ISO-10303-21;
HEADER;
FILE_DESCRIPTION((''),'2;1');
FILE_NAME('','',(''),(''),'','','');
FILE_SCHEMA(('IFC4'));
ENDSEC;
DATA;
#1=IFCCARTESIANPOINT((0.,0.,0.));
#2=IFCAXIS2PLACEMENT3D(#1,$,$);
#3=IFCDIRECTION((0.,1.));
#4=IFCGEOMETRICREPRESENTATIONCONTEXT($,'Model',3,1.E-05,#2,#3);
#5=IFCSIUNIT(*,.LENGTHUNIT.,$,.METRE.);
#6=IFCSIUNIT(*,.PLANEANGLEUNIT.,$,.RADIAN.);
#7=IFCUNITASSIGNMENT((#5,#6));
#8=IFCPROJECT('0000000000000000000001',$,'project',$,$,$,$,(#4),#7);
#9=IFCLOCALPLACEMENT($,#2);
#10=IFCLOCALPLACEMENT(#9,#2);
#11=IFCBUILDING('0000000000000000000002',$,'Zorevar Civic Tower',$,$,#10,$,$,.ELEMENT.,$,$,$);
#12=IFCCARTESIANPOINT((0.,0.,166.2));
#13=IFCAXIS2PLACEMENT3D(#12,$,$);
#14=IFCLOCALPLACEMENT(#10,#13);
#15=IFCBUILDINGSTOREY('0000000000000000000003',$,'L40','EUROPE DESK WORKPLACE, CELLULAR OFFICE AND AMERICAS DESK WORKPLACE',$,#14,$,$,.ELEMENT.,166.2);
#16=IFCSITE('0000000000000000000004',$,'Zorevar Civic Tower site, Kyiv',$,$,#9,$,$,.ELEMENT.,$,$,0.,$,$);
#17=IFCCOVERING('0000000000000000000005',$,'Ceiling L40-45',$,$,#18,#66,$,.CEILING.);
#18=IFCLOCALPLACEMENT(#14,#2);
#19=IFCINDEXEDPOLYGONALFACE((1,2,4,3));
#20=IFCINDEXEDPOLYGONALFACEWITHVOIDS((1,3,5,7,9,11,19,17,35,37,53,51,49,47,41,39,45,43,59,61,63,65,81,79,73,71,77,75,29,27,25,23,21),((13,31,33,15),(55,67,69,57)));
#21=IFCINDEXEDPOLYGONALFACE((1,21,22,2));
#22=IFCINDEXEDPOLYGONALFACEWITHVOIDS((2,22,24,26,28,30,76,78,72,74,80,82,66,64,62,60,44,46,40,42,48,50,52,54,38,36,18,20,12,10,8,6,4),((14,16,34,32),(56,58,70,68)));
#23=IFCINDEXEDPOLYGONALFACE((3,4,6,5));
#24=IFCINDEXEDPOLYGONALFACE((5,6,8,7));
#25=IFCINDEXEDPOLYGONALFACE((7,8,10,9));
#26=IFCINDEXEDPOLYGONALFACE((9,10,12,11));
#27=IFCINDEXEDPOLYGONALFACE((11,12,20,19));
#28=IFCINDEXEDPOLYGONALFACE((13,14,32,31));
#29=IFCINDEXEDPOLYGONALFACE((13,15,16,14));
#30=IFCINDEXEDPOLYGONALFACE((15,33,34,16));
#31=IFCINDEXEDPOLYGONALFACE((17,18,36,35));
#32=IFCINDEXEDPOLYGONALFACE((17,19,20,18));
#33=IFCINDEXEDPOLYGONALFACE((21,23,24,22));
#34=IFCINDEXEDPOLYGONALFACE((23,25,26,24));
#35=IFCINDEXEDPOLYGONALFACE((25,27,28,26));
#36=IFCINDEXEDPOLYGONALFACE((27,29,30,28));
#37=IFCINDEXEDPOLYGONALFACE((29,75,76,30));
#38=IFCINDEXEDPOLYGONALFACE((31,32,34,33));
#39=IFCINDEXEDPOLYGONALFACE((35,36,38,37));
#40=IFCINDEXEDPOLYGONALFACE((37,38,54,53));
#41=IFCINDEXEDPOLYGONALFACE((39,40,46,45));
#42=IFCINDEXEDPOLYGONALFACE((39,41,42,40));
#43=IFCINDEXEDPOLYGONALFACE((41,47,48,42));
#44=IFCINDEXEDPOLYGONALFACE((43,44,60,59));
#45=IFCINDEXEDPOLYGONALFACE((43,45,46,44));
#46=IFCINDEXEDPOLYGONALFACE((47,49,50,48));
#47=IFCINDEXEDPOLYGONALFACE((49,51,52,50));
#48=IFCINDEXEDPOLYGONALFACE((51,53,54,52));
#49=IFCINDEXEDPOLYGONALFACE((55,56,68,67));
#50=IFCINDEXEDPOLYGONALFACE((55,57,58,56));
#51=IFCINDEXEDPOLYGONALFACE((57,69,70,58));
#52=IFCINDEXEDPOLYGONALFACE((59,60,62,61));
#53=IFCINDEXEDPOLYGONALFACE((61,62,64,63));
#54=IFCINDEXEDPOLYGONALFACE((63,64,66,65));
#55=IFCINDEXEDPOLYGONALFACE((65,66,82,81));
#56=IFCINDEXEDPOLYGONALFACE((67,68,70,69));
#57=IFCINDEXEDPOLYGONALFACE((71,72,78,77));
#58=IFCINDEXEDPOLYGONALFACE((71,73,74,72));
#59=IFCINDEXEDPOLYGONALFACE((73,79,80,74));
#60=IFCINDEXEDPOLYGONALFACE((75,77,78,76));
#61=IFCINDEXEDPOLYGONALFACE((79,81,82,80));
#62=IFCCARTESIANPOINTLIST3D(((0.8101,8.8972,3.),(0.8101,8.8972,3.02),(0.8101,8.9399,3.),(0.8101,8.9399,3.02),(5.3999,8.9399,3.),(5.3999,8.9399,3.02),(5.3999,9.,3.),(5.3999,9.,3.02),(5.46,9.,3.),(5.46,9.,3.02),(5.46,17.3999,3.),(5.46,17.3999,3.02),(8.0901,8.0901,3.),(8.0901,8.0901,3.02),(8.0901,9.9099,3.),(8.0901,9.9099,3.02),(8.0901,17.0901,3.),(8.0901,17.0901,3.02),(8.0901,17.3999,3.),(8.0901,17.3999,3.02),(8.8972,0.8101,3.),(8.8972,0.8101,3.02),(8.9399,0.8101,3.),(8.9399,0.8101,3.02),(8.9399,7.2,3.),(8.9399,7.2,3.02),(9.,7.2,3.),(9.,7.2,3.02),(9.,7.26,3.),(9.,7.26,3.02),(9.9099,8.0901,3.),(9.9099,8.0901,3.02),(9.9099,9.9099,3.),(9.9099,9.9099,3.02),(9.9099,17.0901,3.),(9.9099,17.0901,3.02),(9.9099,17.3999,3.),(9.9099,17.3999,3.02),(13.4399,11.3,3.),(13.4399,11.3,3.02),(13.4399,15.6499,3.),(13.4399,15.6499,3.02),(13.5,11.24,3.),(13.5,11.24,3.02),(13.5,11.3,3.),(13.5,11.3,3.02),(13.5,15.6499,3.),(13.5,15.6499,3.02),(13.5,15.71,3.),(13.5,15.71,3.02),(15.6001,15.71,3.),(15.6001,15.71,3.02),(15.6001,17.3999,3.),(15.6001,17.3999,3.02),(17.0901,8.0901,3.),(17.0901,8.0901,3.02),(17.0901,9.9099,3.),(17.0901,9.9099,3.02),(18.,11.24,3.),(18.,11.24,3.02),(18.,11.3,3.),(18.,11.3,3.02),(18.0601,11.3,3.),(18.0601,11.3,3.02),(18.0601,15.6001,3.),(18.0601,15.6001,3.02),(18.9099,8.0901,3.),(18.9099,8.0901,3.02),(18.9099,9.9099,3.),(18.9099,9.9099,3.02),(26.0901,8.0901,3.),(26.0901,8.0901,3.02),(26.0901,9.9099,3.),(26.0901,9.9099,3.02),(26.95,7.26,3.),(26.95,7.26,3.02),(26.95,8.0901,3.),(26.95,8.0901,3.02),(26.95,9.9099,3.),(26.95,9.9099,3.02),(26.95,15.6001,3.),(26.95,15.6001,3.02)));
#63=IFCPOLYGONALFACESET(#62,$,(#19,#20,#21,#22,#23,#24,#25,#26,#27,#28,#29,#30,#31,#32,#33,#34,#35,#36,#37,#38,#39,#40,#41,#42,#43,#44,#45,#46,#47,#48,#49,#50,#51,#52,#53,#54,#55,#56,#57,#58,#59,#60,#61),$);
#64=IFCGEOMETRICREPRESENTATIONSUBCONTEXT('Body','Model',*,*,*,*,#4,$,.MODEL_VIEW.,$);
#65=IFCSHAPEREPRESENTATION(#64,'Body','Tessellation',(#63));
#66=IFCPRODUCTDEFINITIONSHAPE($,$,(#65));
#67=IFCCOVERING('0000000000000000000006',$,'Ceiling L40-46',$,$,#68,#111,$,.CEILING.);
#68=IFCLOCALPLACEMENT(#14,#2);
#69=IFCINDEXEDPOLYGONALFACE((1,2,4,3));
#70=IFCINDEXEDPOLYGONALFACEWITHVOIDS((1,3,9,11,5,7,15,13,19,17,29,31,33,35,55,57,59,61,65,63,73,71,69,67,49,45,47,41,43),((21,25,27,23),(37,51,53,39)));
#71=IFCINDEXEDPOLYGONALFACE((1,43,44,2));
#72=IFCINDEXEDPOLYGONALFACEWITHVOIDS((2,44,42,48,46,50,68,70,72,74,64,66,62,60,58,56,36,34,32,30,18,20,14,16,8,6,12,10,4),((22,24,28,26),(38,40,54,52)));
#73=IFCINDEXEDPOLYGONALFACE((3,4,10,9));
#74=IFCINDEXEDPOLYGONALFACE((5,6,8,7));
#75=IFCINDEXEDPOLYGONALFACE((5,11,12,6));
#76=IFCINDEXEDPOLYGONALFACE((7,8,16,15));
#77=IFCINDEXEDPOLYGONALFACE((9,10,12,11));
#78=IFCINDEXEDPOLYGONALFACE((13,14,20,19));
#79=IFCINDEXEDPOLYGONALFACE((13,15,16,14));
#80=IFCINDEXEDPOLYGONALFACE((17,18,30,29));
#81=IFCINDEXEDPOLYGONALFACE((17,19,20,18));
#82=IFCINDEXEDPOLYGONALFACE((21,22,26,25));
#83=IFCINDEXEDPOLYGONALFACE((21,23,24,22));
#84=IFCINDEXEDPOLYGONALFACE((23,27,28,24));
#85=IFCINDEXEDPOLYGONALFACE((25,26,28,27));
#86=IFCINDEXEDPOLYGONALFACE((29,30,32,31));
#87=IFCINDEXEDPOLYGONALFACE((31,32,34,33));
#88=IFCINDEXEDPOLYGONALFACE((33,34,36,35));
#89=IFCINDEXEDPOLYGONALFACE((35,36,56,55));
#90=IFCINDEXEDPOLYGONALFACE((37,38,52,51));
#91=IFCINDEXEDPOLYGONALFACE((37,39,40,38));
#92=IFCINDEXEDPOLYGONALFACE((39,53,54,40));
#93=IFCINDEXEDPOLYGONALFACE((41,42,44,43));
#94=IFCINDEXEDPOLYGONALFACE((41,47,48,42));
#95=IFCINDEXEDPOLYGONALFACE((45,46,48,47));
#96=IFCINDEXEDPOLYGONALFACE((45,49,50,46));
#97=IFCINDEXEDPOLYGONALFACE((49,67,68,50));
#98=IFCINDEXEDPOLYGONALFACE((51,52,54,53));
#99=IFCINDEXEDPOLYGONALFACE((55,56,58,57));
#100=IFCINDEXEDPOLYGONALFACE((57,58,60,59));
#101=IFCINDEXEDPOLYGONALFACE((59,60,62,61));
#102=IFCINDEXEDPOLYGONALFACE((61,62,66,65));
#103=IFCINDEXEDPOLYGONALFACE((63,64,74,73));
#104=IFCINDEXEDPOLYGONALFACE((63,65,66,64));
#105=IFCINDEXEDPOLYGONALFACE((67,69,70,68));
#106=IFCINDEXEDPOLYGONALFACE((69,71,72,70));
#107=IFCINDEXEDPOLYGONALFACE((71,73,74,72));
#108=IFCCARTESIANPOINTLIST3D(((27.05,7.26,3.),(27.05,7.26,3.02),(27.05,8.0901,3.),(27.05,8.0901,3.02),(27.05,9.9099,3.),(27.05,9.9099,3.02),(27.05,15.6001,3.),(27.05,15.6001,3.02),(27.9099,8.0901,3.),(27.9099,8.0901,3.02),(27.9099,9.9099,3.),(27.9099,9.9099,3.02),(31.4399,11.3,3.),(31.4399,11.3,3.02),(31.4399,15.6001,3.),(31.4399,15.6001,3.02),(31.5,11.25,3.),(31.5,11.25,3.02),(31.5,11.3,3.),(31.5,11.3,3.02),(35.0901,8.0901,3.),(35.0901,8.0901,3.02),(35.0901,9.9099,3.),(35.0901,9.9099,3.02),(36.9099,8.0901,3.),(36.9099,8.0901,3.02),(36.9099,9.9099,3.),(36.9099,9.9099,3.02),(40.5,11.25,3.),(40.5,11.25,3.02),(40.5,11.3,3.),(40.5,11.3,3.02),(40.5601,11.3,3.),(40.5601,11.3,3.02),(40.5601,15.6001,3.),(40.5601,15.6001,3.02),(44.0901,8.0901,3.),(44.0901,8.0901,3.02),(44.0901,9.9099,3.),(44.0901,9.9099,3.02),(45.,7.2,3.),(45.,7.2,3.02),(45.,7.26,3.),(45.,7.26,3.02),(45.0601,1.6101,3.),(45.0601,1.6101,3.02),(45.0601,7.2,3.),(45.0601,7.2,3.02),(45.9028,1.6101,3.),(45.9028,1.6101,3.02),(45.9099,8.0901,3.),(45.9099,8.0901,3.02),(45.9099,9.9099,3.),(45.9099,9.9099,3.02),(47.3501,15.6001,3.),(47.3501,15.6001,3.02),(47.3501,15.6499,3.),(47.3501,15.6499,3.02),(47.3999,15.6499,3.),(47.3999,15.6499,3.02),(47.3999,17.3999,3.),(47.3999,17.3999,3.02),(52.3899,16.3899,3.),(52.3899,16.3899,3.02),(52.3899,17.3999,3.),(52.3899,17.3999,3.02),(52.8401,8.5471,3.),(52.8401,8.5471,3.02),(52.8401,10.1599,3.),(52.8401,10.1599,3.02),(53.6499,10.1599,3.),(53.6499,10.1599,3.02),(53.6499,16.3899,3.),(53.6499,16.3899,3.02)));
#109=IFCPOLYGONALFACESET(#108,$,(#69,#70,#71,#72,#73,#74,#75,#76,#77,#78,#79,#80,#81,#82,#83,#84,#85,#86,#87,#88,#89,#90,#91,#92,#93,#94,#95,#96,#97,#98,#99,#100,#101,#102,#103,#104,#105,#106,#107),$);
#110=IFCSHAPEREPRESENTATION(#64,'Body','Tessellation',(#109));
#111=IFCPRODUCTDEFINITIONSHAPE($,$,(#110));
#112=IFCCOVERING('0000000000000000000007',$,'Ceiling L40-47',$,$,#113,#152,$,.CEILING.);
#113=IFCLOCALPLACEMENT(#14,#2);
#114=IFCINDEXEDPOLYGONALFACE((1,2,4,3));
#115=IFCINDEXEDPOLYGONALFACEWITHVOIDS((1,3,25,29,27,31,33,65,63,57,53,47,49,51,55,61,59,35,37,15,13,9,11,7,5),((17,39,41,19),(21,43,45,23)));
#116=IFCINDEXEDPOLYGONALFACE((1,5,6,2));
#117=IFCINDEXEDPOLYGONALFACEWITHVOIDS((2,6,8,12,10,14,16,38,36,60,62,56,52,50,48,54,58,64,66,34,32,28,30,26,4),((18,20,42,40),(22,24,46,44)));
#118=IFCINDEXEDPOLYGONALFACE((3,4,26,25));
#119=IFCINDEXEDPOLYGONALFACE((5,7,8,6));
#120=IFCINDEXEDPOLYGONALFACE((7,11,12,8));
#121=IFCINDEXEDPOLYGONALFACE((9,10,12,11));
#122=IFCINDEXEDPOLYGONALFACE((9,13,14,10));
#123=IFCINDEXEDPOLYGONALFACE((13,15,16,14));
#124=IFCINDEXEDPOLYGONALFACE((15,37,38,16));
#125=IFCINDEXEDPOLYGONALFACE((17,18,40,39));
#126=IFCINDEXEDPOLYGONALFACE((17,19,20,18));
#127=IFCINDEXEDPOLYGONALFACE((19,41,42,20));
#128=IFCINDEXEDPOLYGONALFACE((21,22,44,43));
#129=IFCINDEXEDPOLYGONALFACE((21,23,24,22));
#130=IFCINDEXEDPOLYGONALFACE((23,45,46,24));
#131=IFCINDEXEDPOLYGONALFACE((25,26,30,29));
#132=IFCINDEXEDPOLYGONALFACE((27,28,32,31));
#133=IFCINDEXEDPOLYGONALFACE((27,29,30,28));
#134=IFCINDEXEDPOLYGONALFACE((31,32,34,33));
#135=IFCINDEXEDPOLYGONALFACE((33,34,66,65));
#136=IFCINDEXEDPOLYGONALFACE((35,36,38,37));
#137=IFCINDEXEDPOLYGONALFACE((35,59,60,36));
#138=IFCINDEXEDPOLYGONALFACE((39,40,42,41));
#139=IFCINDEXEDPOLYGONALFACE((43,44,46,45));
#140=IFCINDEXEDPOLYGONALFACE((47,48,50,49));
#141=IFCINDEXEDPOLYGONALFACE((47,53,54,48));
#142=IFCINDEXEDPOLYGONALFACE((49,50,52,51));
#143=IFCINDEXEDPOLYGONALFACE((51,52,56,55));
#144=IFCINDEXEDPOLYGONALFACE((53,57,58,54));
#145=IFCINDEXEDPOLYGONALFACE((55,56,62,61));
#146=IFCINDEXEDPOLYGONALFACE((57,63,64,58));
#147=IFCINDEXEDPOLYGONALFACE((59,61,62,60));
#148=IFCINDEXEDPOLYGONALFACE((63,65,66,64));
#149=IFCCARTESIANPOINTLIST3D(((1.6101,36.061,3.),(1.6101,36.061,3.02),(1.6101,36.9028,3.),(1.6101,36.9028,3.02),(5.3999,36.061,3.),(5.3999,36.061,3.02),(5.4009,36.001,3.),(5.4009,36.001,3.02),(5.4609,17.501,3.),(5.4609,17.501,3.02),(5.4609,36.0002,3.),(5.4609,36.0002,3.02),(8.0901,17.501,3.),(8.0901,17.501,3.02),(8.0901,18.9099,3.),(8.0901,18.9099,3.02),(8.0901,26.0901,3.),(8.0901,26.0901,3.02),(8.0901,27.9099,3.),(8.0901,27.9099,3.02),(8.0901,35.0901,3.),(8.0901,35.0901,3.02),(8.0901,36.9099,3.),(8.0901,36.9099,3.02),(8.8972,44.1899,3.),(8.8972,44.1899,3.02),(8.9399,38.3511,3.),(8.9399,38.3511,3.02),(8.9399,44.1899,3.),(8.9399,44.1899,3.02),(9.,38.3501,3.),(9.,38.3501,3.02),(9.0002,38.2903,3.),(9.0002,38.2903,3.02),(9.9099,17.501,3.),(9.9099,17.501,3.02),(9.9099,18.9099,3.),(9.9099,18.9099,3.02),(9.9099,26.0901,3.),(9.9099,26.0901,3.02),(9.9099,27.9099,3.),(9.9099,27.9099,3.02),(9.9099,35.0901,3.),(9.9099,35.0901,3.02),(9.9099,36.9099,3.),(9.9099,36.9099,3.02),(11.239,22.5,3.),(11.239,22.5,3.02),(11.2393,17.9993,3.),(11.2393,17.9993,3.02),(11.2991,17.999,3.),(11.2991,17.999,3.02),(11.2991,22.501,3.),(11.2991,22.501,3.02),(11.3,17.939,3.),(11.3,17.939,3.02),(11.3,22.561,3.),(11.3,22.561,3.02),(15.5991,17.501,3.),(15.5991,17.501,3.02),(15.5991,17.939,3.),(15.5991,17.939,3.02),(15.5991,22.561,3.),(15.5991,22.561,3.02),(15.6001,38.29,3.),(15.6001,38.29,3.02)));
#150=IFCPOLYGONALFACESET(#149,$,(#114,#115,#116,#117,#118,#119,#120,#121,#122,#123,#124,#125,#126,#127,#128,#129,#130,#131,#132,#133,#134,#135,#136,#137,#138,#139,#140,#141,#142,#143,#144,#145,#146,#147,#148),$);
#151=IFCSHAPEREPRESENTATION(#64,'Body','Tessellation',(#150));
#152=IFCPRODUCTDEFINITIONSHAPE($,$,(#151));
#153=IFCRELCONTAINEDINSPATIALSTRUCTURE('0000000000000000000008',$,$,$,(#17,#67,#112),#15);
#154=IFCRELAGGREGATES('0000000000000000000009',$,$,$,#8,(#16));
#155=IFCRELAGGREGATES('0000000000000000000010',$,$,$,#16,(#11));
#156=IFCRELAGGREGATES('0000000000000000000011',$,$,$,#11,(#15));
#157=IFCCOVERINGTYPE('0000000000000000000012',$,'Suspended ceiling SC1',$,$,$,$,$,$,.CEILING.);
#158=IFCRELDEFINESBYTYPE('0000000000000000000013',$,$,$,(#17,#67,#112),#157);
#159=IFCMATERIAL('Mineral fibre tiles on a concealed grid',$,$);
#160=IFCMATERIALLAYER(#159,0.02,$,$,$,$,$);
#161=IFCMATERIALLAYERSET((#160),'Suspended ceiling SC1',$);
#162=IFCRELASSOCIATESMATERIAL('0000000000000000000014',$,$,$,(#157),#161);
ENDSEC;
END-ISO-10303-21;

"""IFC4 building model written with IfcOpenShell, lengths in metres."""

from ifc_helpers import new_model, si_unit, direction, frame, origin, place, context, subcontext, project, spatial, polyline, outline, extrude, material, layer, layer_set, type_object, element, save


model = new_model("IFC4")

# Units and contexts
model_context = context("Model", 3, precision=1e-05, world=origin(), true_north=direction((0.0, 1.0)))
body_context = subcontext(model_context, "Body", "Model", "MODEL_VIEW")
ifc_project = project(units=[si_unit("LENGTHUNIT", "METRE"), si_unit("PLANEANGLEUNIT", "RADIAN")], contexts=[model_context])

# Site, building, storey
site_placement = place(None, origin())
site = spatial("IfcSite", under=ifc_project, at=site_placement, Name="Zorevar Civic Tower site, Kyiv", CompositionType="ELEMENT", RefElevation=0.0)
building_placement = place(site_placement, origin())
building = spatial("IfcBuilding", under=site, at=building_placement, Name="Zorevar Civic Tower", CompositionType="ELEMENT")
storey_placement = place(building_placement, frame((0.0, 0.0, 166.2)))
storey = spatial("IfcBuildingStorey", under=building, at=storey_placement, Name="L40", Description="EUROPE DESK WORKPLACE, CELLULAR OFFICE AND AMERICAS DESK WORKPLACE", CompositionType="ELEMENT", Elevation=166.2)

# Coverings
ifc_material_1 = material(Name="Mineral fibre tiles on a concealed grid")
ifc_layer_1 = layer(ifc_material_1, 0.02)
ifc_layer_set_1 = layer_set([ifc_layer_1], Name="Suspended ceiling SC1")
covering_type_1 = type_object("IfcCoveringType", Name="Suspended ceiling SC1", PredefinedType="CEILING", material=ifc_layer_set_1)
covering_1_placement = place(storey_placement, frame((0.0, 0.0, 3.0)))
element("IfcCovering", 1, at=covering_1_placement, inside=storey, type_object=covering_type_1, Name="Ceiling L40-45", PredefinedType="CEILING", context=body_context, shape_type="SweptSolid", body=[
    extrude(outline(polyline([(5.3999, 8.9399), (5.3999, 9.0), (5.46, 9.0), (5.46, 17.3999), (8.0901, 17.3999), (8.0901, 17.0901), (9.9099, 17.0901), (9.9099, 17.3999), (15.6001, 17.3999), (15.6001, 15.71), (13.5, 15.71), (13.5, 15.6499), (13.4399, 15.6499), (13.4399, 11.3), (13.5, 11.3), (13.5, 11.24), (18.0, 11.24), (18.0, 11.3), (18.0601, 11.3), (18.0601, 15.6001), (26.95, 15.6001), (26.95, 9.9099), (26.0901, 9.9099), (26.0901, 8.0901), (26.95, 8.0901), (26.95, 7.26), (9.0, 7.26), (9.0, 7.2), (8.9399, 7.2), (8.9399, 0.8101), (8.8972, 0.8101), (0.8101, 8.8972), (0.8101, 8.9399), (5.3999, 8.9399)]), holes=[polyline([(9.9099, 9.9099), (8.0901, 9.9099), (8.0901, 8.0901), (9.9099, 8.0901), (9.9099, 9.9099)]), polyline([(17.0901, 8.0901), (18.9099, 8.0901), (18.9099, 9.9099), (17.0901, 9.9099), (17.0901, 8.0901)])]), origin(), (0.0, 0.0, 1.0), 0.02),
])
covering_2_placement = place(storey_placement, frame((0.0, 0.0, 3.0)))
element("IfcCovering", 2, at=covering_2_placement, inside=storey, type_object=covering_type_1, Name="Ceiling L40-46", PredefinedType="CEILING", context=body_context, shape_type="SweptSolid", body=[
    extrude(outline(polyline([(45.0601, 7.2), (45.0, 7.2), (45.0, 7.26), (27.05, 7.26), (27.05, 8.0901), (27.9099, 8.0901), (27.9099, 9.9099), (27.05, 9.9099), (27.05, 15.6001), (31.4399, 15.6001), (31.4399, 11.3), (31.5, 11.3), (31.5, 11.25), (40.5, 11.25), (40.5, 11.3), (40.5601, 11.3), (40.5601, 15.6001), (47.3501, 15.6001), (47.3501, 15.6499), (47.3999, 15.6499), (47.3999, 17.3999), (52.3899, 17.3999), (52.3899, 16.3899), (53.6499, 16.3899), (53.6499, 10.1599), (52.8401, 10.1599), (52.8401, 8.5471), (45.9028, 1.6101), (45.0601, 1.6101), (45.0601, 7.2)]), holes=[polyline([(35.0901, 9.9099), (35.0901, 8.0901), (36.9099, 8.0901), (36.9099, 9.9099), (35.0901, 9.9099)]), polyline([(45.9099, 8.0901), (45.9099, 9.9099), (44.0901, 9.9099), (44.0901, 8.0901), (45.9099, 8.0901)])]), origin(), (0.0, 0.0, 1.0), 0.02),
])
covering_3_placement = place(storey_placement, frame((0.0, 0.0, 3.0)))
element("IfcCovering", 3, at=covering_3_placement, inside=storey, type_object=covering_type_1, Name="Ceiling L40-47", PredefinedType="CEILING", context=body_context, shape_type="SweptSolid", body=[
    extrude(outline(polyline([(8.9399, 44.1899), (8.9399, 38.3511), (9.0, 38.3501), (9.0002, 38.2903), (15.6001, 38.29), (15.5991, 22.561), (11.3, 22.561), (11.2991, 22.501), (11.239, 22.5), (11.2393, 17.9993), (11.2991, 17.999), (11.3, 17.939), (15.5991, 17.939), (15.5991, 17.501), (9.9099, 17.501), (9.9099, 18.9099), (8.0901, 18.9099), (8.0901, 17.501), (5.4609, 17.501), (5.4609, 36.0002), (5.4009, 36.001), (5.3999, 36.061), (1.6101, 36.061), (1.6101, 36.9028), (8.8972, 44.1899), (8.9399, 44.1899)]), holes=[polyline([(9.9099, 26.0901), (9.9099, 27.9099), (8.0901, 27.9099), (8.0901, 26.0901), (9.9099, 26.0901)]), polyline([(8.0901, 35.0901), (9.9099, 35.0901), (9.9099, 36.9099), (8.0901, 36.9099), (8.0901, 35.0901)])]), origin(), (0.0, 0.0, 1.0), 0.02),
])

save(model, "model.ifc")
